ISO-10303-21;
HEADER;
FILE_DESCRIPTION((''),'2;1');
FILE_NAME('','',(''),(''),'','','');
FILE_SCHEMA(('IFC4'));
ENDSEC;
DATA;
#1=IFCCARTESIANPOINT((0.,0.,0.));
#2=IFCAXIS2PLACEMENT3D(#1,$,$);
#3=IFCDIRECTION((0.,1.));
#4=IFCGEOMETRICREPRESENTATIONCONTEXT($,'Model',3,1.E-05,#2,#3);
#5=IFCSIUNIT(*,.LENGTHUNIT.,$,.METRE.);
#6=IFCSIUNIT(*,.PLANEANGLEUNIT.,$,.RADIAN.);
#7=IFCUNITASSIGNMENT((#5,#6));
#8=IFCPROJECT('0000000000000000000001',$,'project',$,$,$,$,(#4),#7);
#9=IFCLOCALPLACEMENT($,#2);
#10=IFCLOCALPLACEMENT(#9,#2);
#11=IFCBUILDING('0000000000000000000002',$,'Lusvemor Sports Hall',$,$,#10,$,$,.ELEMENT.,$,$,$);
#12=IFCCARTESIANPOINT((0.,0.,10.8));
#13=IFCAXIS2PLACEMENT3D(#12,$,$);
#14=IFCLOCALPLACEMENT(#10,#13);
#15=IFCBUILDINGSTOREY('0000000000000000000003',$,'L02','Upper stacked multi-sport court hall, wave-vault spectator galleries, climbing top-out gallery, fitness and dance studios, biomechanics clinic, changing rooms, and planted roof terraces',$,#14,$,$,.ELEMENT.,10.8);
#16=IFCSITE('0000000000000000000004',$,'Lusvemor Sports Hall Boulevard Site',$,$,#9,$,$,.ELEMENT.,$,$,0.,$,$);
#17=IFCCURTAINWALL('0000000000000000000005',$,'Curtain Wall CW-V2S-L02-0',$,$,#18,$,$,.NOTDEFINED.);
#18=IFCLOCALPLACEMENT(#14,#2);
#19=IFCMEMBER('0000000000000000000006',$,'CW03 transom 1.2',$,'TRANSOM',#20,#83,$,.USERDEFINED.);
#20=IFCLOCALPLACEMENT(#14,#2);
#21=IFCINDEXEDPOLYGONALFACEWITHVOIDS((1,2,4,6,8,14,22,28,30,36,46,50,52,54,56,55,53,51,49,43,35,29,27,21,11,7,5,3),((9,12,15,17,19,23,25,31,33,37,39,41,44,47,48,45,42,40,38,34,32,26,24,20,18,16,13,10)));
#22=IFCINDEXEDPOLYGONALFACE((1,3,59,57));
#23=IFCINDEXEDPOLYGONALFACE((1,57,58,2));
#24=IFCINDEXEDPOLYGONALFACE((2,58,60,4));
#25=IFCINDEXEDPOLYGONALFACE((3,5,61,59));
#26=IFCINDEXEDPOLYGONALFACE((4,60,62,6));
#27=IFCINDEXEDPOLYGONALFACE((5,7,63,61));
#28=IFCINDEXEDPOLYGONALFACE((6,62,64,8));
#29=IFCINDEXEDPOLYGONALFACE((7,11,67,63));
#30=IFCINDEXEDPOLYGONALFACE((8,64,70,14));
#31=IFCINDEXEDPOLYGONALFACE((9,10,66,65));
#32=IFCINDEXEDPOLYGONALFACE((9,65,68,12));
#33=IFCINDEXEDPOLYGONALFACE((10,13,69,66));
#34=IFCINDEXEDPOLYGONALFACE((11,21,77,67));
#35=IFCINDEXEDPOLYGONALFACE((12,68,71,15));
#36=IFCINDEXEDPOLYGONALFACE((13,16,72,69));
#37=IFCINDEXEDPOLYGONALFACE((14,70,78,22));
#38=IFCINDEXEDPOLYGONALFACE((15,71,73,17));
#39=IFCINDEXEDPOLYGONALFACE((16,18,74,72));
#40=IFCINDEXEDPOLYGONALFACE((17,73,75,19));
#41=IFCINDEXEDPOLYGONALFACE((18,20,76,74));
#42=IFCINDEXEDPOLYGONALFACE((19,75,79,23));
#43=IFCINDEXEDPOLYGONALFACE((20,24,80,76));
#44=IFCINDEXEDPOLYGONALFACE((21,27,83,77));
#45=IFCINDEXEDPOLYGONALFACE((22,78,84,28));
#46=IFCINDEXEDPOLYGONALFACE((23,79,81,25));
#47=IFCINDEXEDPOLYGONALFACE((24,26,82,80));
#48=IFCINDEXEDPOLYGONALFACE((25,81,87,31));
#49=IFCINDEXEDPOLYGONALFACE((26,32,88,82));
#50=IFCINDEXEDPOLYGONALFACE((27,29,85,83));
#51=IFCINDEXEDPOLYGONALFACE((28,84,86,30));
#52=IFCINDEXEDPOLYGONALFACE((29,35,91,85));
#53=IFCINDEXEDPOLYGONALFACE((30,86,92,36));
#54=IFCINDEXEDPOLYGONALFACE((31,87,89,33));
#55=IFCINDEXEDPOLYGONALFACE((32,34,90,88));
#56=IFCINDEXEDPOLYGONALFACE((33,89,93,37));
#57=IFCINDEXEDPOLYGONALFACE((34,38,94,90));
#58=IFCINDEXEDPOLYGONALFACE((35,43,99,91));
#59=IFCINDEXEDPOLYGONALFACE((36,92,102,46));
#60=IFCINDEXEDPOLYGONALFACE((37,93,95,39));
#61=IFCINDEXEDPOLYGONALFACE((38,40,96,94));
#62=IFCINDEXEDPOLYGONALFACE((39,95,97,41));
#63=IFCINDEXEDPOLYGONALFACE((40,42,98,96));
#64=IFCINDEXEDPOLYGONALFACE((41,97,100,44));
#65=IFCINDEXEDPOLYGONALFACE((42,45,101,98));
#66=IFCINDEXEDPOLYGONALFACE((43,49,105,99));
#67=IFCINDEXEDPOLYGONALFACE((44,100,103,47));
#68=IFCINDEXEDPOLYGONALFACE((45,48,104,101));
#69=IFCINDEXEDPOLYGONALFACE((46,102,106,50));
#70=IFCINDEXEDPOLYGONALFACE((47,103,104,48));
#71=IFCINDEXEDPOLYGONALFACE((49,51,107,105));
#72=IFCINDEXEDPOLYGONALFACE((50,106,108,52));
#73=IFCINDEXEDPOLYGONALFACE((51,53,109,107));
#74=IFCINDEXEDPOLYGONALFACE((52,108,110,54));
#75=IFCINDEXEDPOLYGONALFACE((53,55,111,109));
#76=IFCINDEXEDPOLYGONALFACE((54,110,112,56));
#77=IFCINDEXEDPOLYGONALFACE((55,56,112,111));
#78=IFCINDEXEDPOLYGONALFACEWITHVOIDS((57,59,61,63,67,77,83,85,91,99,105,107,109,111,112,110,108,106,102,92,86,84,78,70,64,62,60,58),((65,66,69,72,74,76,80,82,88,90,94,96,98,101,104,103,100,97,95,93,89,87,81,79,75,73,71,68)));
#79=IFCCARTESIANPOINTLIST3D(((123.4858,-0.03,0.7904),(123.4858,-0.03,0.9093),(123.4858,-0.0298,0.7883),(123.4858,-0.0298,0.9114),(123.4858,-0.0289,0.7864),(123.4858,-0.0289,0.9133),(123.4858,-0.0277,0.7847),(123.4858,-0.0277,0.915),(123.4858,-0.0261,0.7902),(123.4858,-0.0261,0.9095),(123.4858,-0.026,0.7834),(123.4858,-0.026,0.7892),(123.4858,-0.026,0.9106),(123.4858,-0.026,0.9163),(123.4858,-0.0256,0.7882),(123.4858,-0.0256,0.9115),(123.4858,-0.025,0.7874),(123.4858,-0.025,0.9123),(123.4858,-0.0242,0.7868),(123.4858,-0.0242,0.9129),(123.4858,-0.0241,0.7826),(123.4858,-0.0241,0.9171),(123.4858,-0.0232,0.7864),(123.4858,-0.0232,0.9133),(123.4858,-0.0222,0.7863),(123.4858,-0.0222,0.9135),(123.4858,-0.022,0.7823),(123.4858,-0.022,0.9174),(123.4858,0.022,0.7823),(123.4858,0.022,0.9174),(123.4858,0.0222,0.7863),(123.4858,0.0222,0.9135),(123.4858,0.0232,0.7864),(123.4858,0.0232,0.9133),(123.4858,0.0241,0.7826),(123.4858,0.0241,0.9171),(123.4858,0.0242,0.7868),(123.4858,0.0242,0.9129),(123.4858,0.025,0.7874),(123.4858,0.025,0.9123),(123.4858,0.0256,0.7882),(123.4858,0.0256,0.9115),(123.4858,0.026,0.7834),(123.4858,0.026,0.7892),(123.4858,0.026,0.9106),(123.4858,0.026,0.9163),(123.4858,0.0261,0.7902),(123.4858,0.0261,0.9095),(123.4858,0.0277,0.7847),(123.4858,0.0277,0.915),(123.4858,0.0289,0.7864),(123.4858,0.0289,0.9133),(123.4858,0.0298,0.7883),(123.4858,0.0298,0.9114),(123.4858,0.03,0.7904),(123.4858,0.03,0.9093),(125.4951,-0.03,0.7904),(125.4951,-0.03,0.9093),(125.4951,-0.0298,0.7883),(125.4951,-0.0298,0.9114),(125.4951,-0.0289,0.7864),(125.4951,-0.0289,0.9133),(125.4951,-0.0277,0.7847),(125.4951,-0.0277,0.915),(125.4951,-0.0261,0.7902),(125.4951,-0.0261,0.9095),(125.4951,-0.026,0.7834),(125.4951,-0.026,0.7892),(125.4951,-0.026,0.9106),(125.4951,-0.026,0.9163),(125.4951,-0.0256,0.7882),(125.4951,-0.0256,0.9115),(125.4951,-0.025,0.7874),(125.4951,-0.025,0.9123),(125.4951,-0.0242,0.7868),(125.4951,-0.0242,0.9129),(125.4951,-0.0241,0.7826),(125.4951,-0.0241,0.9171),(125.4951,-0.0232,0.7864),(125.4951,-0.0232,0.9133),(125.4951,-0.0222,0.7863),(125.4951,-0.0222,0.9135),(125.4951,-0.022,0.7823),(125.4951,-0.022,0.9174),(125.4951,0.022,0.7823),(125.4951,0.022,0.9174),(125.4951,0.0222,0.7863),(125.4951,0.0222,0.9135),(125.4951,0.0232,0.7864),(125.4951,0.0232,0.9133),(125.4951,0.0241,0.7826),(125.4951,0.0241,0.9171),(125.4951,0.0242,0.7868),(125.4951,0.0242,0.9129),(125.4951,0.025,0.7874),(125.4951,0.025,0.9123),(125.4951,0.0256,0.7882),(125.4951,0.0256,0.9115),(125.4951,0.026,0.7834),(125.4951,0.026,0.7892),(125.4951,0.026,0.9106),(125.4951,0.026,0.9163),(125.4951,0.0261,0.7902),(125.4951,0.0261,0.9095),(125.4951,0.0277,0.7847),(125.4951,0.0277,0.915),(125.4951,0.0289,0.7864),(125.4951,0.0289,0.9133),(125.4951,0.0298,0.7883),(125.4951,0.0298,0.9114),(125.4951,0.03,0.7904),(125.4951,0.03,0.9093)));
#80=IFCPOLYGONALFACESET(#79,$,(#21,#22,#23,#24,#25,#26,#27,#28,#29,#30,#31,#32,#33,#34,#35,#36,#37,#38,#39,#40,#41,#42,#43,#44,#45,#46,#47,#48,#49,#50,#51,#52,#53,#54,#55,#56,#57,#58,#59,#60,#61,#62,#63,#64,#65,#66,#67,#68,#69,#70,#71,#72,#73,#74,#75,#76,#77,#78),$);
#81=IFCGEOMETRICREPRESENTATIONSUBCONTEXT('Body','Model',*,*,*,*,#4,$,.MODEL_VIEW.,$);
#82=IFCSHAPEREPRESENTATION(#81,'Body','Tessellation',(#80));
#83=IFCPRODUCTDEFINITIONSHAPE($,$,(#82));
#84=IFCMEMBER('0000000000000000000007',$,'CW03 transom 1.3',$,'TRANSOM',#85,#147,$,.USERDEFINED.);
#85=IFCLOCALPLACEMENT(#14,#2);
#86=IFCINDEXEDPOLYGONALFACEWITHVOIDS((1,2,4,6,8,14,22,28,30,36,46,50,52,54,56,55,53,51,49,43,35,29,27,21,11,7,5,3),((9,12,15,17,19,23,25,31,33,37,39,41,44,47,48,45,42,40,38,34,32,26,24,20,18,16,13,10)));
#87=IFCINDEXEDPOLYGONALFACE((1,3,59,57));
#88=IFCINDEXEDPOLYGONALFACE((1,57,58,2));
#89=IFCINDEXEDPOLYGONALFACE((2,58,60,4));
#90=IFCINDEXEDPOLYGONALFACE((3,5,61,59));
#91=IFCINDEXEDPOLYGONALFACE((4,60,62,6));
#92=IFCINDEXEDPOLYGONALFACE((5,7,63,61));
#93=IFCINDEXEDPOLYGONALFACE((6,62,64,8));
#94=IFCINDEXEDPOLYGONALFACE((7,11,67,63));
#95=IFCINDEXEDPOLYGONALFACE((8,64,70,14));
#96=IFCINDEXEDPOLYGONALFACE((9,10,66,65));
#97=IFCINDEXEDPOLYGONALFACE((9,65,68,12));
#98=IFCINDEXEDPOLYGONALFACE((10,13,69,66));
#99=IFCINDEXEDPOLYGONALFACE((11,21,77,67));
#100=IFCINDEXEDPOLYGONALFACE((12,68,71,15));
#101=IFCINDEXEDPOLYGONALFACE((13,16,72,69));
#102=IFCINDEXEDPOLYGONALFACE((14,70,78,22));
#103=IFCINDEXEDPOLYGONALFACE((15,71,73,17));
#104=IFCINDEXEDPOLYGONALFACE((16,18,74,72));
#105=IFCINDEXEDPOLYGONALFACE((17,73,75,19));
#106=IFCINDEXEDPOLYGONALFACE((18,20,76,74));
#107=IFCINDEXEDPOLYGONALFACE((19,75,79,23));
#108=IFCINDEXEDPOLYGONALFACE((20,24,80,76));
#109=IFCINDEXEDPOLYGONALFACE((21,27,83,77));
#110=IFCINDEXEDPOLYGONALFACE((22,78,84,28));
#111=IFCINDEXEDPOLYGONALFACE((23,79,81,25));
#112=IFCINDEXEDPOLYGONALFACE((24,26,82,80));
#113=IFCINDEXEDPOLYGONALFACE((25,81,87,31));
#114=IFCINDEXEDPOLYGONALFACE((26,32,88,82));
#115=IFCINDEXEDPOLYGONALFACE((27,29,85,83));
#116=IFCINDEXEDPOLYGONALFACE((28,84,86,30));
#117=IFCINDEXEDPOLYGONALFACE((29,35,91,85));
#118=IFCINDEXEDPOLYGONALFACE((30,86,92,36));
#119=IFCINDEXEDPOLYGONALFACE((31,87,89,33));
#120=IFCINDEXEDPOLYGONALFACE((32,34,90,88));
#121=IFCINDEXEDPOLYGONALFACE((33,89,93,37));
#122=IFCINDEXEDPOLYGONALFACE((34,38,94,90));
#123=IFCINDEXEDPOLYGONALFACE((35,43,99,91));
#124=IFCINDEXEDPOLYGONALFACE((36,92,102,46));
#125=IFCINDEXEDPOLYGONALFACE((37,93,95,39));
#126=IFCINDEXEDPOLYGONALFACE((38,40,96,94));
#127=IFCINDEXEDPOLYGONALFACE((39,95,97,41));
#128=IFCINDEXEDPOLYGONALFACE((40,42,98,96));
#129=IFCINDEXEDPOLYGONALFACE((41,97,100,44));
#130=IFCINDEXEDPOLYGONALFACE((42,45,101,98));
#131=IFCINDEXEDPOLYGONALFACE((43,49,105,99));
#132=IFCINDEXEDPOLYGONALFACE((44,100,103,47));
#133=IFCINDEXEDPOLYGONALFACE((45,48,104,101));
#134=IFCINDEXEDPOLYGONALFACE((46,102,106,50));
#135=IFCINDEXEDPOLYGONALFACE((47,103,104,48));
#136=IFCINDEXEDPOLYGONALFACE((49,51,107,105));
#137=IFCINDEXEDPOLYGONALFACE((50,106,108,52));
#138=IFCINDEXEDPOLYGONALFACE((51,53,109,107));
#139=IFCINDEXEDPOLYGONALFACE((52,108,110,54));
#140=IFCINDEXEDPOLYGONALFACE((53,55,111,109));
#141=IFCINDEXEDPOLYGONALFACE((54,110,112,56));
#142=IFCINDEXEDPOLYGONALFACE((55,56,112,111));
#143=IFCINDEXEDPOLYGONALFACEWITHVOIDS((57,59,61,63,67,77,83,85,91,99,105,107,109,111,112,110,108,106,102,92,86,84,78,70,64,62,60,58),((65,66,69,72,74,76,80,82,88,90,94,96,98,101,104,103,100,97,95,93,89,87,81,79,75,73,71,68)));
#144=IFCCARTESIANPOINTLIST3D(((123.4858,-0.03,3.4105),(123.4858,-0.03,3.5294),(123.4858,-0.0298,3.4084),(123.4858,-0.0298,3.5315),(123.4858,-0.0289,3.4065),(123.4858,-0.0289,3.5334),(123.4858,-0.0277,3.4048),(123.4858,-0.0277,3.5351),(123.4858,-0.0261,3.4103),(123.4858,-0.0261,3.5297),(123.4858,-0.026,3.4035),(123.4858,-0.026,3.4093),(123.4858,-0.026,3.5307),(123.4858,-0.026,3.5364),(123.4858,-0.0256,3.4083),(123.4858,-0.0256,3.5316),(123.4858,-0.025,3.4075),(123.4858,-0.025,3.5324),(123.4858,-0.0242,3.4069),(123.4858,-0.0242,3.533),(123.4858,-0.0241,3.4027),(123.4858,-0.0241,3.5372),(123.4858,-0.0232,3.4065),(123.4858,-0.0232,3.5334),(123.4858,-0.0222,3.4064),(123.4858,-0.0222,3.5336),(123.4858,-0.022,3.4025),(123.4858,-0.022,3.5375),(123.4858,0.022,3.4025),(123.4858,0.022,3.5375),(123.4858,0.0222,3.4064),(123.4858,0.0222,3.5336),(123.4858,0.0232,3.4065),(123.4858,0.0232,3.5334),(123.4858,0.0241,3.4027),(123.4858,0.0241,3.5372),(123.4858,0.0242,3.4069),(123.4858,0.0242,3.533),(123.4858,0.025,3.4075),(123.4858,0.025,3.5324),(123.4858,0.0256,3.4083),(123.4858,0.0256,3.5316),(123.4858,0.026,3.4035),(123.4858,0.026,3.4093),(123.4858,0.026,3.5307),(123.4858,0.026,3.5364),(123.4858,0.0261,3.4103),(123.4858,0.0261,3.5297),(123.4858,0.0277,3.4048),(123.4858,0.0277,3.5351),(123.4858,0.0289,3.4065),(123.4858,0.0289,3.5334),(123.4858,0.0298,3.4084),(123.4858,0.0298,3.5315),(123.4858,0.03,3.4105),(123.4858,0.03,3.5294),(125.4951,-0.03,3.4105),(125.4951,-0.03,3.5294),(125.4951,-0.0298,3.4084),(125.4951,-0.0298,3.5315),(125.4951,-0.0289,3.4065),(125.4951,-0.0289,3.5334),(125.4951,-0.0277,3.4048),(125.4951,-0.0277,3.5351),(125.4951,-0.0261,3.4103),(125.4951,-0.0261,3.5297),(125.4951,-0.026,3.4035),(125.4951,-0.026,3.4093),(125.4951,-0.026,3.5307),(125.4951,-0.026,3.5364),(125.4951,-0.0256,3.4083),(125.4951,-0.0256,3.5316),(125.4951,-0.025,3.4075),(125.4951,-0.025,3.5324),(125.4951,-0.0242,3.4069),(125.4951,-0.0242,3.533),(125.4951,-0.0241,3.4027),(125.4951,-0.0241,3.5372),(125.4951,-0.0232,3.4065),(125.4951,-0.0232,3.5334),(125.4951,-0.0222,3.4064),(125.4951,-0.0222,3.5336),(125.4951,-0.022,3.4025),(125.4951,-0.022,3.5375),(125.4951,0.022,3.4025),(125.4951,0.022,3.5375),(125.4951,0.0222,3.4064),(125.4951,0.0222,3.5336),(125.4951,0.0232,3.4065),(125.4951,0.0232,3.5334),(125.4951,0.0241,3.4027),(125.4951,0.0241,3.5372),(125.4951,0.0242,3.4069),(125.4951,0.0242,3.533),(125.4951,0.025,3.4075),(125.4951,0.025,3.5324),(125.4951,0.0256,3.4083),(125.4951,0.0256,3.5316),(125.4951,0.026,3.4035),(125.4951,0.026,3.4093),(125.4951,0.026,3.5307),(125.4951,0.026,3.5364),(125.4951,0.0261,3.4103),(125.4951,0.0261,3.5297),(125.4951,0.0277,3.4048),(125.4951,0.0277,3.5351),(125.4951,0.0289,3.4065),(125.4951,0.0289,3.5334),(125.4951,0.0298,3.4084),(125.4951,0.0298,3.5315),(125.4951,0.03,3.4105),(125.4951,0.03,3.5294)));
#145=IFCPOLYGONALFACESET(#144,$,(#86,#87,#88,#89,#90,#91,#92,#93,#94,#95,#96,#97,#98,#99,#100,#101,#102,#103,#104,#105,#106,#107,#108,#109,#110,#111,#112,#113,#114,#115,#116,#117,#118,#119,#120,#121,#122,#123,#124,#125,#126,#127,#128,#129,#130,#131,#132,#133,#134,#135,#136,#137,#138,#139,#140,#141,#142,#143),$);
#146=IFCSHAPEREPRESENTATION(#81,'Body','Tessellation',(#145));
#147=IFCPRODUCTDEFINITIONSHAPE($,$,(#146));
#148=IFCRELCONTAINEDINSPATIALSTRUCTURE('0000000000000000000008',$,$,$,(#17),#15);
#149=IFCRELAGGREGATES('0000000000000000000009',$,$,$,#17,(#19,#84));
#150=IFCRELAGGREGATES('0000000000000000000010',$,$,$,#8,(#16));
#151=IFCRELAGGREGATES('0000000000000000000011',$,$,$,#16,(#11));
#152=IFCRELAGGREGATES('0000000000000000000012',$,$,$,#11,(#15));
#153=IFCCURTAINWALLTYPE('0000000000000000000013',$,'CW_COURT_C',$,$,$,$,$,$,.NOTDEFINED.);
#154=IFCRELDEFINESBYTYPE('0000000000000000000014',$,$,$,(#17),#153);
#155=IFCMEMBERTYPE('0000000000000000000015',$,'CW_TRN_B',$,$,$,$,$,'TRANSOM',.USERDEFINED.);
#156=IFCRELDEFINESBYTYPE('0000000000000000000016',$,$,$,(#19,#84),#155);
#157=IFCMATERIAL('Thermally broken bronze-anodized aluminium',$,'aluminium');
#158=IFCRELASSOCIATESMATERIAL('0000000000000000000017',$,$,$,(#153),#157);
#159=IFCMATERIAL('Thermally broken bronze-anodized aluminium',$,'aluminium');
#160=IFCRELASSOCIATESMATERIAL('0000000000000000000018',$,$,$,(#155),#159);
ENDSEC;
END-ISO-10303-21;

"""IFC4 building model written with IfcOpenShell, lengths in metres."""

from ifc_helpers import new_model, si_unit, direction, frame, origin, origin_2d, place, context, subcontext, project, spatial, hollow_rectangle, extrude, material, material_profile, profile_set, type_object, element, aggregate, save


model = new_model("IFC4")

# Units and contexts
model_context = context("Model", 3, precision=1e-05, world=origin(), true_north=direction((0.0, 1.0)))
body_context = subcontext(model_context, "Body", "Model", "MODEL_VIEW")
ifc_project = project(units=[si_unit("LENGTHUNIT", "METRE"), si_unit("PLANEANGLEUNIT", "RADIAN")], contexts=[model_context])

# Site, building, storey
site_placement = place(None, origin())
site = spatial("IfcSite", under=ifc_project, at=site_placement, Name="Lusvemor Sports Hall Boulevard Site", CompositionType="ELEMENT", RefElevation=0.0)
building_placement = place(site_placement, origin())
building = spatial("IfcBuilding", under=site, at=building_placement, Name="Lusvemor Sports Hall", CompositionType="ELEMENT")
storey_placement = place(building_placement, frame((0.0, 0.0, 10.8)))
storey = spatial("IfcBuildingStorey", under=building, at=storey_placement, Name="L02", Description="Upper stacked multi-sport court hall, wave-vault spectator galleries, climbing top-out gallery, fitness and dance studios, biomechanics clinic, changing rooms, and planted roof terraces", CompositionType="ELEMENT", Elevation=10.8)

# Curtain wall, members
ifc_material_1 = material(Name="Thermally broken bronze-anodized aluminium", Category="aluminium")
curtain_wall_type = type_object("IfcCurtainWallType", Name="CW_COURT_C", PredefinedType="NOTDEFINED", material=ifc_material_1)
curtain_wall_placement = place(storey_placement, origin())
curtain_wall = element("IfcCurtainWall", 1, at=curtain_wall_placement, inside=storey, type_object=curtain_wall_type, Name="Curtain Wall CW-V2S-L02-0", PredefinedType="NOTDEFINED")
ifc_material_2 = material(Name="Thermally broken bronze-anodized aluminium", Category="aluminium")
ifc_material_profile_1 = material_profile(ifc_material_2, hollow_rectangle(XDim=0.0601, YDim=0.135, WallThickness=0.0039, InnerFilletRadius=0.0039, OuterFilletRadius=0.0081, at=origin_2d()), Name="CWTRN135x60x4")
ifc_profile_set_1 = profile_set([ifc_material_profile_1], Name="Thermally broken bronze-anodized aluminium")
member_type_1 = type_object("IfcMemberType", Name="CW_TRN_B", ElementType="TRANSOM", PredefinedType="USERDEFINED", material=ifc_profile_set_1)
member_1_placement = place(storey_placement, frame((125.4951, 0.0, 0.8499), z_axis=(-1.0, 0.0, 0.0), x_axis=(0.0, -1.0, 0.0)))
member_1 = element("IfcMember", 2, at=member_1_placement, type_object=member_type_1, Name="CW03 transom 1.2", ObjectType="TRANSOM", PredefinedType="USERDEFINED", context=body_context, shape_type="SweptSolid", body=[
    extrude(hollow_rectangle(XDim=0.0601, YDim=0.135, WallThickness=0.0039, InnerFilletRadius=0.0039, OuterFilletRadius=0.0081, at=origin_2d()), origin(), (0.0, 0.0, 1.0), 2.0093),
])
member_2_placement = place(storey_placement, frame((125.4951, 0.0, 3.47), z_axis=(-1.0, 0.0, 0.0), x_axis=(0.0, -1.0, 0.0)))
member_2 = element("IfcMember", 3, at=member_2_placement, type_object=member_type_1, Name="CW03 transom 1.3", ObjectType="TRANSOM", PredefinedType="USERDEFINED", context=body_context, shape_type="SweptSolid", body=[
    extrude(hollow_rectangle(XDim=0.0601, YDim=0.135, WallThickness=0.0039, InnerFilletRadius=0.0039, OuterFilletRadius=0.0081, at=origin_2d()), origin(), (0.0, 0.0, 1.0), 2.0093),
])

aggregate(curtain_wall, [member_1, member_2])

save(model, "model.ifc")
